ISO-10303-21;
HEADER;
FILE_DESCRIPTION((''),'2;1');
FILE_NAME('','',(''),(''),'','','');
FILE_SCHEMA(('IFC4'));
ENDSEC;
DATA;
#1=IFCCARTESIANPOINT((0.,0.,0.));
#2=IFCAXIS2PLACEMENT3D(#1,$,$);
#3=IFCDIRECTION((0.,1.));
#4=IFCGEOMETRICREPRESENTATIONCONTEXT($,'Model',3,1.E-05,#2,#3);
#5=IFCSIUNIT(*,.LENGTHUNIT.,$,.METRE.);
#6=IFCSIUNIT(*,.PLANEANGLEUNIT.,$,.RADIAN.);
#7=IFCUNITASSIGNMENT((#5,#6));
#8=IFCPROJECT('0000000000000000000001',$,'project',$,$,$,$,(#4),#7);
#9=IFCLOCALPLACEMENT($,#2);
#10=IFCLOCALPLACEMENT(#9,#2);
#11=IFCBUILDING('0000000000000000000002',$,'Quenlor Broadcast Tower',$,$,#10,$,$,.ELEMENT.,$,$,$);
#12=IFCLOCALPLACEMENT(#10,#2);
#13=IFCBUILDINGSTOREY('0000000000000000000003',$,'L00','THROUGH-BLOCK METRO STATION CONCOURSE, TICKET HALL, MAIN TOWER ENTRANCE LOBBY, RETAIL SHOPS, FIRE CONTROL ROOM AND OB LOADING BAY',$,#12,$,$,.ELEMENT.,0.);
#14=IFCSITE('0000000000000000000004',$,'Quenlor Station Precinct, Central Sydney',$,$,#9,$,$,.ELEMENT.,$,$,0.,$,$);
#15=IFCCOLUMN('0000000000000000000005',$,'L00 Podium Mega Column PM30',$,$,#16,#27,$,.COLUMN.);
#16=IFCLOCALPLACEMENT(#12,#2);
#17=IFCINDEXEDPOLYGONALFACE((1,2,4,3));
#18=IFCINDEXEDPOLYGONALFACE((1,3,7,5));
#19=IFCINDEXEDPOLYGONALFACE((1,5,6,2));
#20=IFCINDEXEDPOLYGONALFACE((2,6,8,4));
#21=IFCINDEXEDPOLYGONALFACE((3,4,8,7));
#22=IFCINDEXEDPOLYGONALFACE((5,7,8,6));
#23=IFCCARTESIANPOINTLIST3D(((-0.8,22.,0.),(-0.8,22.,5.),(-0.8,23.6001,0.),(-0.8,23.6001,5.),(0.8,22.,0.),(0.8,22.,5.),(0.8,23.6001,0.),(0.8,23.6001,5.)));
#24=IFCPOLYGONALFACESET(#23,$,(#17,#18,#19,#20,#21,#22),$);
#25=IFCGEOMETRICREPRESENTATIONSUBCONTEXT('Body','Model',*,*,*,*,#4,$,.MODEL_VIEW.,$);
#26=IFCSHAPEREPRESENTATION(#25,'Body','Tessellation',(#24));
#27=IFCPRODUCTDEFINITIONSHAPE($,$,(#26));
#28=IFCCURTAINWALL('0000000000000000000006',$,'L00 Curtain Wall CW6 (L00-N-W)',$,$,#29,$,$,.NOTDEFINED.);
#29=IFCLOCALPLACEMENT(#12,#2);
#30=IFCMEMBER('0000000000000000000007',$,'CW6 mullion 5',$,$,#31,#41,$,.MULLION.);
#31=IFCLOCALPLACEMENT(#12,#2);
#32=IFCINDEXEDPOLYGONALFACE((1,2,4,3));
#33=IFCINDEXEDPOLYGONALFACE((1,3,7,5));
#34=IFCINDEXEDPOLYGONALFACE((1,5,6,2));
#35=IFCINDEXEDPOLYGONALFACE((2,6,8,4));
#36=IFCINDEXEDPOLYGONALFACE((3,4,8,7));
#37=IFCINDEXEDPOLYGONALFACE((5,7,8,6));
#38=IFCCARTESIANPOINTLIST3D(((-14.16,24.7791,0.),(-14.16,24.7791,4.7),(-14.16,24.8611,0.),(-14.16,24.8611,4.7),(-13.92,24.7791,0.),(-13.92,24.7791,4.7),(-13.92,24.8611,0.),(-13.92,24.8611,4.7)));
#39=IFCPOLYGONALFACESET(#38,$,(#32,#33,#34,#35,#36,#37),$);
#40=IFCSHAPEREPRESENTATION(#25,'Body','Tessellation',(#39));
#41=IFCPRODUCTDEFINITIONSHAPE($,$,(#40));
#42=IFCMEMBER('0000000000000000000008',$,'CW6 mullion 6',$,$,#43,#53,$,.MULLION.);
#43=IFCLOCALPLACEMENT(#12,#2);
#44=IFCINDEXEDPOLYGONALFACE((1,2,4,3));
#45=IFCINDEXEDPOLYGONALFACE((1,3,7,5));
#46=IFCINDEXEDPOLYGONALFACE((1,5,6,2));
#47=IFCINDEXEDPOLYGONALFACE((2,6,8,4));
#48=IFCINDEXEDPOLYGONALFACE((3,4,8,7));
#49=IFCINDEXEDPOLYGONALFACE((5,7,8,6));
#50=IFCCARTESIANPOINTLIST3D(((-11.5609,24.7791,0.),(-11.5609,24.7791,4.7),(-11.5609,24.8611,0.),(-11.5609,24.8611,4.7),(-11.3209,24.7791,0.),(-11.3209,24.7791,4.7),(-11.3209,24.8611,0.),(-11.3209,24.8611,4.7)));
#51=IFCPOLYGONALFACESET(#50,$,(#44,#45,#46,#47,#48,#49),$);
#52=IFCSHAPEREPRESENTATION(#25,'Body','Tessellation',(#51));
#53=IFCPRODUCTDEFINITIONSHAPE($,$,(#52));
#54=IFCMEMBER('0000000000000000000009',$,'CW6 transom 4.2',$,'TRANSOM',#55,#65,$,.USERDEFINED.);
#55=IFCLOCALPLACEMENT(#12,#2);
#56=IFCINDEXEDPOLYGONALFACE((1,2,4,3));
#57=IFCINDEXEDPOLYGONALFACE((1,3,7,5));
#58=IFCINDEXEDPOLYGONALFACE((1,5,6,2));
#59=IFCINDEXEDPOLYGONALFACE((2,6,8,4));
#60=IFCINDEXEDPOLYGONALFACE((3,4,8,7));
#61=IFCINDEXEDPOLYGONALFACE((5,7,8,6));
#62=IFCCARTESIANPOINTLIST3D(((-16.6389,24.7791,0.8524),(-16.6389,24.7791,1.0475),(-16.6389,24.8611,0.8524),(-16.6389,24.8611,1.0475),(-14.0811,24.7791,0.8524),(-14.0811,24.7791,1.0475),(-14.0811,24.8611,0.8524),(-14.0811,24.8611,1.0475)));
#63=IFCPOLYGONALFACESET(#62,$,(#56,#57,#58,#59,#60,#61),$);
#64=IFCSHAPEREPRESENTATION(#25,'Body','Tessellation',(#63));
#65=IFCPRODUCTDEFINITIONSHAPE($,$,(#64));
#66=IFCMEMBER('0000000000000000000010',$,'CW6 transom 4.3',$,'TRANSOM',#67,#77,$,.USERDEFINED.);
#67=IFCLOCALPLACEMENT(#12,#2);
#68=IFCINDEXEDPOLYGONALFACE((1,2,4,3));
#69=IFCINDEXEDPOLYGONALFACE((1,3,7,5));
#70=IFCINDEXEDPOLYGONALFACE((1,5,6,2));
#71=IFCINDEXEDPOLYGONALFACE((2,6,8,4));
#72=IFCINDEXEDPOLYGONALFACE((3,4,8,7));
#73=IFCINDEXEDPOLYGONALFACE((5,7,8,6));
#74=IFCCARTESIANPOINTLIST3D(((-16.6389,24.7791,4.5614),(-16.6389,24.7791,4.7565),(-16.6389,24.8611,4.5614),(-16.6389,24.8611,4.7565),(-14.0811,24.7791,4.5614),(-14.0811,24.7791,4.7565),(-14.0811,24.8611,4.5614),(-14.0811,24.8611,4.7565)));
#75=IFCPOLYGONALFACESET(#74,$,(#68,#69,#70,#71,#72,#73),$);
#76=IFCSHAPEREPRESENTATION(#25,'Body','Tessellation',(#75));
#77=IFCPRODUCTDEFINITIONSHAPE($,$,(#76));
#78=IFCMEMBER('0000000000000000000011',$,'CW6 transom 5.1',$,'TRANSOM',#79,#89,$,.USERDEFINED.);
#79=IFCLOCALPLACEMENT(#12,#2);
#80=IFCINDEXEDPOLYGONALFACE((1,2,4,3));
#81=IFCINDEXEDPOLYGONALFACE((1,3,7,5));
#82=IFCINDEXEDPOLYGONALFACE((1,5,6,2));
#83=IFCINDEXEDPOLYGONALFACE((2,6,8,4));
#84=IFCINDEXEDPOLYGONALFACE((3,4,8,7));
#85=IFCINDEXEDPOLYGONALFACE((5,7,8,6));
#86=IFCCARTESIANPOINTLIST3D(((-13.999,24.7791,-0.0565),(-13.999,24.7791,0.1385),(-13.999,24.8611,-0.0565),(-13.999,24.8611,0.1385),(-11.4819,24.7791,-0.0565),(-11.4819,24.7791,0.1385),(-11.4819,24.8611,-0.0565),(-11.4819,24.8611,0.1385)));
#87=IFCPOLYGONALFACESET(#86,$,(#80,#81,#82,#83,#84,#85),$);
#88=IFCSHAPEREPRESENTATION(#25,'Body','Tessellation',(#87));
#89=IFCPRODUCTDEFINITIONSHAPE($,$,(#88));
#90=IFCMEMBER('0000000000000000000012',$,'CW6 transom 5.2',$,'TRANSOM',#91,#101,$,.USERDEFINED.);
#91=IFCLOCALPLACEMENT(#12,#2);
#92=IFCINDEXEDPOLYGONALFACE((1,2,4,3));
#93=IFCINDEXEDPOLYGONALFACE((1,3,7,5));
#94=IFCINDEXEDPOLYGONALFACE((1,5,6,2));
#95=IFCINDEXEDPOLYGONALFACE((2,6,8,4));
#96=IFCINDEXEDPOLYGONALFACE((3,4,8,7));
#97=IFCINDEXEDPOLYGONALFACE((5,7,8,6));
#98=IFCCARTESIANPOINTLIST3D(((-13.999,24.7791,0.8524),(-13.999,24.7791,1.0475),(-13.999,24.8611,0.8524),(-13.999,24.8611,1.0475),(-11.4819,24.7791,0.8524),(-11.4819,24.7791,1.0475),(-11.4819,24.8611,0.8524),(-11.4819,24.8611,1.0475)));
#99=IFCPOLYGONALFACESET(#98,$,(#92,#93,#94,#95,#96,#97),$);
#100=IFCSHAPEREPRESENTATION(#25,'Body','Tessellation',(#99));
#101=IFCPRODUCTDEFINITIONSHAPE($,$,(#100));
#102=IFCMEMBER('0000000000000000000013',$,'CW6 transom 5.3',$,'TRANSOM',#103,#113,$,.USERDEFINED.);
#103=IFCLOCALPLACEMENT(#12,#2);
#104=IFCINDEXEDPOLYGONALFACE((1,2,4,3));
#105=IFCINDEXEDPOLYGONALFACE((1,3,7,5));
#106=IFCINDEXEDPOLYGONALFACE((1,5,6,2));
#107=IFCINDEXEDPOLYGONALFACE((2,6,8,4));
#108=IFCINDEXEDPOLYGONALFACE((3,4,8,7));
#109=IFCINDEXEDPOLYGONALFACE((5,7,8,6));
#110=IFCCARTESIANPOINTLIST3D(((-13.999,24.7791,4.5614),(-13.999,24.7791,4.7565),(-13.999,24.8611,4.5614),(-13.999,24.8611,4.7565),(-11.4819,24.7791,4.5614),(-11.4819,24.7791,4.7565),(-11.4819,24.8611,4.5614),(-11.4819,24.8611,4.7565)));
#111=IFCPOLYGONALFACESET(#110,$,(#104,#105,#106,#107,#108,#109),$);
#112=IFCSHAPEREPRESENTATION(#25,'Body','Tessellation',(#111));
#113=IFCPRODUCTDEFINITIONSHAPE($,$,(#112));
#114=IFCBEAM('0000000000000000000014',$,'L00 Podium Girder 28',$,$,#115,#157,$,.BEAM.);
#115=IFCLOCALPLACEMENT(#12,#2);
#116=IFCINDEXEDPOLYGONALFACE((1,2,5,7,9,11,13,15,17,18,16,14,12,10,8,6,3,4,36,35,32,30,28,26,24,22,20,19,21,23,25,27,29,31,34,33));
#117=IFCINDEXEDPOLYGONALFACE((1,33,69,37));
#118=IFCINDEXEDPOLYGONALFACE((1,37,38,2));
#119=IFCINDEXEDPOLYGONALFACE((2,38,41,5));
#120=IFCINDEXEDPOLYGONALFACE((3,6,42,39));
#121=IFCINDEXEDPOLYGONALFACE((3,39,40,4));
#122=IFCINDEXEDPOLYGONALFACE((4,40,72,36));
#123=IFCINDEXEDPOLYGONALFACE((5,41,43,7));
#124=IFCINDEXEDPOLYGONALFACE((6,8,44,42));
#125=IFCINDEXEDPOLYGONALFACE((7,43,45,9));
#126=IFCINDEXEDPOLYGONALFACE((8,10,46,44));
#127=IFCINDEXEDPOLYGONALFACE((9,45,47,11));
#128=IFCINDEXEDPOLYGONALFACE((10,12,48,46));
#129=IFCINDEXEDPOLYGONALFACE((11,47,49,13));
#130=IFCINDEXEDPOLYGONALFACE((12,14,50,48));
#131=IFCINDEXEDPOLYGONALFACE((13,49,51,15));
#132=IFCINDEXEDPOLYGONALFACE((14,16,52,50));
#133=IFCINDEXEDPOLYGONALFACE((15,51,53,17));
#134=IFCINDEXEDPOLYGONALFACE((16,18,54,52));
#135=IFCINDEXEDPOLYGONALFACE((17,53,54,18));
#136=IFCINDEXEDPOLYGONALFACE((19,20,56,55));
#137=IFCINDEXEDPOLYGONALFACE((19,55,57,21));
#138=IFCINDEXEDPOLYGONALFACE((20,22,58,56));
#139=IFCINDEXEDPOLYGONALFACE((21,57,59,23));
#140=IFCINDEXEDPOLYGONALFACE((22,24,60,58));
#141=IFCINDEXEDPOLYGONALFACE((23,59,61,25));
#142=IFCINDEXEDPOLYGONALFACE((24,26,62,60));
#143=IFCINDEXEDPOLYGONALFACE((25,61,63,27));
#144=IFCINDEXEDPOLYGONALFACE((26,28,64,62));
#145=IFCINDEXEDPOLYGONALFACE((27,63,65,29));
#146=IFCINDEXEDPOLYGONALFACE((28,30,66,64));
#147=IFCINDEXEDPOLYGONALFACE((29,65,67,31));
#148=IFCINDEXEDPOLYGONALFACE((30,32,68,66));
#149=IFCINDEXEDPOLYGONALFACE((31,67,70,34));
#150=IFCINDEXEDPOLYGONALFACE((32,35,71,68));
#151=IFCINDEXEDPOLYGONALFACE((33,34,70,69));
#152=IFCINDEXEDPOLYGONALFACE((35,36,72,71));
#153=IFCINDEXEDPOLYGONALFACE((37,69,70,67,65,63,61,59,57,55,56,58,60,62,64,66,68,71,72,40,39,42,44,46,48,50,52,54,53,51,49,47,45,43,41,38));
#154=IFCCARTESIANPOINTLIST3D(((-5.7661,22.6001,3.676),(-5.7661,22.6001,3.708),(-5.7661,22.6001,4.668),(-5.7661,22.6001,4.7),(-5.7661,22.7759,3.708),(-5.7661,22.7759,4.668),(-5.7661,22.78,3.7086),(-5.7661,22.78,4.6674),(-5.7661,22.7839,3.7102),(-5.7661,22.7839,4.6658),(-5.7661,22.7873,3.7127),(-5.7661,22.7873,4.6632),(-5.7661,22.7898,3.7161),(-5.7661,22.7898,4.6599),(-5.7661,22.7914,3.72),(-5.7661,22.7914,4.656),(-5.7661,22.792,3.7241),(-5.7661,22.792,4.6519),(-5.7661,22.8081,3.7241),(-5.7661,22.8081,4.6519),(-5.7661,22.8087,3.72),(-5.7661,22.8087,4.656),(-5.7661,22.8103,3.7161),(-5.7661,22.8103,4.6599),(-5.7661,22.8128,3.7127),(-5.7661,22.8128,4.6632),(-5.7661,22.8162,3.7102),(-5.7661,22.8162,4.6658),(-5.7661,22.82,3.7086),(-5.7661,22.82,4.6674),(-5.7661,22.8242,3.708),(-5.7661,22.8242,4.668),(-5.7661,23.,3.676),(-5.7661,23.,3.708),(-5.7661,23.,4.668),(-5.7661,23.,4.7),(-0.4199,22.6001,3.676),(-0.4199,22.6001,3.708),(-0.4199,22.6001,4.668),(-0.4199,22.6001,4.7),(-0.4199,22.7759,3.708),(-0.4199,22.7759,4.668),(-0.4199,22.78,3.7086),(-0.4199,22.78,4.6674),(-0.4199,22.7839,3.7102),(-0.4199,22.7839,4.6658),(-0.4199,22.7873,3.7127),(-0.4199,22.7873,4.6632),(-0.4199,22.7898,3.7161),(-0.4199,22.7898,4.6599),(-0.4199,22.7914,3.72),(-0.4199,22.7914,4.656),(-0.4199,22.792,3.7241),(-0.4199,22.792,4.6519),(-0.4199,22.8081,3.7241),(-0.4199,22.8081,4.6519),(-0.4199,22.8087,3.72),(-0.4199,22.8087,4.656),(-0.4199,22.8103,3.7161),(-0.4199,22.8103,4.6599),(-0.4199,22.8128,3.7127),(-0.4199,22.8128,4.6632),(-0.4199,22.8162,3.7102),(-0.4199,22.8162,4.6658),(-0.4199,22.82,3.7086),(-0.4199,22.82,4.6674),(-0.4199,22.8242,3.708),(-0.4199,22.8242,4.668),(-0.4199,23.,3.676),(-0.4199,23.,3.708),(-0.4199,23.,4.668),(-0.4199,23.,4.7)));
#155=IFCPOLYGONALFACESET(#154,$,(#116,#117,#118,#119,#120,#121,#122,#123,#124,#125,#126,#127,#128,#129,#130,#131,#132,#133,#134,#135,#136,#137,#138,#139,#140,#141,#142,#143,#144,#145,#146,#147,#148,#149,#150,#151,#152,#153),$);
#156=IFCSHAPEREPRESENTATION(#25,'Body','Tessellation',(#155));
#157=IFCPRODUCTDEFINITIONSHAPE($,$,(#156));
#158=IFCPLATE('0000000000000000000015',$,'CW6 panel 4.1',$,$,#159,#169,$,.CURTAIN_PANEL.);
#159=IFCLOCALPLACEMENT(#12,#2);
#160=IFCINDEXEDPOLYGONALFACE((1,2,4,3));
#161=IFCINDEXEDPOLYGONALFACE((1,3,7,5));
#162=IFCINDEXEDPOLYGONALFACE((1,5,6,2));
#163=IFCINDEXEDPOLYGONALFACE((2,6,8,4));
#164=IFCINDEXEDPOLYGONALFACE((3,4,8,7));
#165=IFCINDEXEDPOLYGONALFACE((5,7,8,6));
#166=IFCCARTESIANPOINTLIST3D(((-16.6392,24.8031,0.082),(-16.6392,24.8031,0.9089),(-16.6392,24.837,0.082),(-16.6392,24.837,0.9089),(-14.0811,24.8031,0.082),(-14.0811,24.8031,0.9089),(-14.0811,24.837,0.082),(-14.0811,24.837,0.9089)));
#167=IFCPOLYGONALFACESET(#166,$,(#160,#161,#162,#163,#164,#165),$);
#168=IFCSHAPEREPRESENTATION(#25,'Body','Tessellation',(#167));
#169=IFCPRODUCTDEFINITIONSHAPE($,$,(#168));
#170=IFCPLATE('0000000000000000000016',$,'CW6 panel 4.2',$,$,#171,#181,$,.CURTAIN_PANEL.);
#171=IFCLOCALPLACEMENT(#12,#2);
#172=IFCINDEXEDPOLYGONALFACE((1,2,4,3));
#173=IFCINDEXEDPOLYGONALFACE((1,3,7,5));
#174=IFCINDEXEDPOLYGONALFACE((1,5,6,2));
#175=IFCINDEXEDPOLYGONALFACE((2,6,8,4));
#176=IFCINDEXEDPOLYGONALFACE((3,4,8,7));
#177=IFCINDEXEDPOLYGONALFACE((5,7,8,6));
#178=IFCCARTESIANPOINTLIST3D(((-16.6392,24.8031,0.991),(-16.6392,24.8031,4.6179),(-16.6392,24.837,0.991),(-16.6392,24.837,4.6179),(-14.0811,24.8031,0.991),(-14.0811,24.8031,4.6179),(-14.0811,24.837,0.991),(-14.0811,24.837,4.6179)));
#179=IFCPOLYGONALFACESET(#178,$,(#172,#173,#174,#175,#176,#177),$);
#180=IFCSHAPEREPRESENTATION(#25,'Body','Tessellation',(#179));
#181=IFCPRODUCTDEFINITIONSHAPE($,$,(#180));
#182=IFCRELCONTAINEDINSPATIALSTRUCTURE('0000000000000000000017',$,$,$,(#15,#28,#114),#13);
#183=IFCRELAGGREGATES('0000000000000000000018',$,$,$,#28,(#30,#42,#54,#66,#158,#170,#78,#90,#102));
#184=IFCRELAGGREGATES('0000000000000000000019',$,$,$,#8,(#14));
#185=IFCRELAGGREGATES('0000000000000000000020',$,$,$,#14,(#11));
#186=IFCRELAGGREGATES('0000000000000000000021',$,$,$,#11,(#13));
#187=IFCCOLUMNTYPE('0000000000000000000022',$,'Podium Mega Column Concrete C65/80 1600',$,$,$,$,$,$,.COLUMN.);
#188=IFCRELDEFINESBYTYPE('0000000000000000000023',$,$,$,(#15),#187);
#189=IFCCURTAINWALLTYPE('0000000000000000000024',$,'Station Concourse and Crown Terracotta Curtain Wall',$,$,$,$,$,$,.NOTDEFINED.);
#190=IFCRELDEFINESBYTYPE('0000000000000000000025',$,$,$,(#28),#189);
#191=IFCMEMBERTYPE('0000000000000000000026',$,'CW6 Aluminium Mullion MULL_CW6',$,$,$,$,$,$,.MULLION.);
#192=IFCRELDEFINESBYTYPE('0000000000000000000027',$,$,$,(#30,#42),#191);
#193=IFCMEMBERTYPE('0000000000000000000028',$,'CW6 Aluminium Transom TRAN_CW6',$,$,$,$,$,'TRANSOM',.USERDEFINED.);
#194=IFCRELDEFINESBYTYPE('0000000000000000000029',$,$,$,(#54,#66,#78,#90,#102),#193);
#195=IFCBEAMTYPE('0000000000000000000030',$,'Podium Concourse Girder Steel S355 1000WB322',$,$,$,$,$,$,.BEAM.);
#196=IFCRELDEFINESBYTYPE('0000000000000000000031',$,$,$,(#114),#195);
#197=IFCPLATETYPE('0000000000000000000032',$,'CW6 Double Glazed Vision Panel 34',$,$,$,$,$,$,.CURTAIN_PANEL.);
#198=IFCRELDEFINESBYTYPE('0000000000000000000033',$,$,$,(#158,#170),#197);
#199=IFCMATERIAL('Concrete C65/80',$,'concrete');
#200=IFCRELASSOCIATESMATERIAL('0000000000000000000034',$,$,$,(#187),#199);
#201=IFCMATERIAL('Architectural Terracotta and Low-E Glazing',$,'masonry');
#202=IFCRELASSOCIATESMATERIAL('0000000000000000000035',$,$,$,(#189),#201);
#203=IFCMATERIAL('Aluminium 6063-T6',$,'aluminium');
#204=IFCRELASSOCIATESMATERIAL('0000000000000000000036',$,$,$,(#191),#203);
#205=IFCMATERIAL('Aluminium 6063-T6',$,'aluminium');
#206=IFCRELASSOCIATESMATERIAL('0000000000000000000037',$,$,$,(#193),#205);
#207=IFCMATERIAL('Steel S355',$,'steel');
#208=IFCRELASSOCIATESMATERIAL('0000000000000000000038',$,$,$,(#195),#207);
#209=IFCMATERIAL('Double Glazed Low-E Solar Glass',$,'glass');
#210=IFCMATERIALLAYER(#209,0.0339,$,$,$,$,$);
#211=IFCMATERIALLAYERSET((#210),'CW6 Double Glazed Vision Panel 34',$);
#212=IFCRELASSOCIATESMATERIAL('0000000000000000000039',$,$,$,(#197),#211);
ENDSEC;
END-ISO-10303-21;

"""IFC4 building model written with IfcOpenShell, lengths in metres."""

from ifc_helpers import new_model, si_unit, direction, frame, origin, origin_2d, place, context, subcontext, project, spatial, rectangle, i_section, extrude, material, layer, layer_set, material_profile, profile_set, type_object, element, aggregate, save


model = new_model("IFC4")

# Units and contexts
model_context = context("Model", 3, precision=1e-05, world=origin(), true_north=direction((0.0, 1.0)))
body_context = subcontext(model_context, "Body", "Model", "MODEL_VIEW")
ifc_project = project(units=[si_unit("LENGTHUNIT", "METRE"), si_unit("PLANEANGLEUNIT", "RADIAN")], contexts=[model_context])

# Site, building, storey
site_placement = place(None, origin())
site = spatial("IfcSite", under=ifc_project, at=site_placement, Name="Quenlor Station Precinct, Central Sydney", CompositionType="ELEMENT", RefElevation=0.0)
building_placement = place(site_placement, origin())
building = spatial("IfcBuilding", under=site, at=building_placement, Name="Quenlor Broadcast Tower", CompositionType="ELEMENT")
storey_placement = place(building_placement, origin())
storey = spatial("IfcBuildingStorey", under=building, at=storey_placement, Name="L00", Description="THROUGH-BLOCK METRO STATION CONCOURSE, TICKET HALL, MAIN TOWER ENTRANCE LOBBY, RETAIL SHOPS, FIRE CONTROL ROOM AND OB LOADING BAY", CompositionType="ELEMENT", Elevation=0.0)

# Column
ifc_material_1 = material(Name="Concrete C65/80", Category="concrete")
ifc_material_profile_1 = material_profile(ifc_material_1, rectangle(XDim=1.6001, YDim=1.6001, at=origin_2d()))
ifc_profile_set_1 = profile_set([ifc_material_profile_1], Name="Concrete C65/80 RC1600x1600")
column_type = type_object("IfcColumnType", Name="Podium Mega Column Concrete C65/80 1600", PredefinedType="COLUMN", material=ifc_profile_set_1)
column_placement = place(storey_placement, frame((0.0, 22.8, 0.0), z_axis=(0.0, 0.0, 1.0), x_axis=(1.0, 0.0, 0.0)))
element("IfcColumn", 1, at=column_placement, inside=storey, type_object=column_type, Name="L00 Podium Mega Column PM30", PredefinedType="COLUMN", context=body_context, shape_type="SweptSolid", body=[
    extrude(rectangle(XDim=1.6001, YDim=1.6001, at=origin_2d()), origin(), (0.0, 0.0, 1.0), 5.0),
])

# Curtain wall, members
ifc_material_2 = material(Name="Architectural Terracotta and Low-E Glazing", Category="masonry")
curtain_wall_type = type_object("IfcCurtainWallType", Name="Station Concourse and Crown Terracotta Curtain Wall", PredefinedType="NOTDEFINED", material=ifc_material_2)
curtain_wall_placement = place(storey_placement, origin())
curtain_wall = element("IfcCurtainWall", 2, at=curtain_wall_placement, inside=storey, type_object=curtain_wall_type, Name="L00 Curtain Wall CW6 (L00-N-W)", PredefinedType="NOTDEFINED")
ifc_material_3 = material(Name="Aluminium 6063-T6", Category="aluminium")
ifc_material_profile_2 = material_profile(ifc_material_3, rectangle(XDim=0.082, YDim=0.24, at=origin_2d()))
ifc_profile_set_2 = profile_set([ifc_material_profile_2], Name="Aluminium 6063-T6 MULL82x240")
member_type_1 = type_object("IfcMemberType", Name="CW6 Aluminium Mullion MULL_CW6", PredefinedType="MULLION", material=ifc_profile_set_2)
member_1_placement = place(storey_placement, frame((-14.04, 24.8201, 0.0), z_axis=(0.0, 0.0, 1.0), x_axis=(0.0, 1.0, 0.0)))
member_1 = element("IfcMember", 3, at=member_1_placement, type_object=member_type_1, Name="CW6 mullion 5", PredefinedType="MULLION", context=body_context, shape_type="SweptSolid", body=[
    extrude(rectangle(XDim=0.082, YDim=0.24, at=origin_2d()), origin(), (0.0, 0.0, 1.0), 4.7),
])
member_2_placement = place(storey_placement, frame((-11.4409, 24.8201, 0.0), z_axis=(0.0, 0.0, 1.0), x_axis=(0.0, 1.0, 0.0)))
member_2 = element("IfcMember", 4, at=member_2_placement, type_object=member_type_1, Name="CW6 mullion 6", PredefinedType="MULLION", context=body_context, shape_type="SweptSolid", body=[
    extrude(rectangle(XDim=0.082, YDim=0.24, at=origin_2d()), origin(), (0.0, 0.0, 1.0), 4.7),
])
ifc_material_4 = material(Name="Aluminium 6063-T6", Category="aluminium")
ifc_material_profile_3 = material_profile(ifc_material_4, rectangle(XDim=0.082, YDim=0.1951, at=origin_2d()))
ifc_profile_set_3 = profile_set([ifc_material_profile_3], Name="Aluminium 6063-T6 TRAN82x195")
member_type_2 = type_object("IfcMemberType", Name="CW6 Aluminium Transom TRAN_CW6", ElementType="TRANSOM", PredefinedType="USERDEFINED", material=ifc_profile_set_3)
member_3_placement = place(storey_placement, frame((-16.6389, 24.8201, 0.95), z_axis=(1.0, 0.0, 0.0), x_axis=(0.0, 1.0, 0.0)))
member_3 = element("IfcMember", 5, at=member_3_placement, type_object=member_type_2, Name="CW6 transom 4.2", ObjectType="TRANSOM", PredefinedType="USERDEFINED", context=body_context, shape_type="SweptSolid", body=[
    extrude(rectangle(XDim=0.082, YDim=0.1951, at=origin_2d()), origin(), (0.0, 0.0, 1.0), 2.5579),
])
member_4_placement = place(storey_placement, frame((-16.6389, 24.8201, 4.6589), z_axis=(1.0, 0.0, 0.0), x_axis=(0.0, 1.0, 0.0)))
member_4 = element("IfcMember", 6, at=member_4_placement, type_object=member_type_2, Name="CW6 transom 4.3", ObjectType="TRANSOM", PredefinedType="USERDEFINED", context=body_context, shape_type="SweptSolid", body=[
    extrude(rectangle(XDim=0.082, YDim=0.1951, at=origin_2d()), origin(), (0.0, 0.0, 1.0), 2.5579),
])
member_5_placement = place(storey_placement, frame((-13.999, 24.8201, 0.041), z_axis=(1.0, 0.0, 0.0), x_axis=(0.0, 1.0, 0.0)))
member_5 = element("IfcMember", 7, at=member_5_placement, type_object=member_type_2, Name="CW6 transom 5.1", ObjectType="TRANSOM", PredefinedType="USERDEFINED", context=body_context, shape_type="SweptSolid", body=[
    extrude(rectangle(XDim=0.082, YDim=0.1951, at=origin_2d()), origin(), (0.0, 0.0, 1.0), 2.5171),
])
member_6_placement = place(storey_placement, frame((-13.999, 24.8201, 0.95), z_axis=(1.0, 0.0, 0.0), x_axis=(0.0, 1.0, 0.0)))
member_6 = element("IfcMember", 8, at=member_6_placement, type_object=member_type_2, Name="CW6 transom 5.2", ObjectType="TRANSOM", PredefinedType="USERDEFINED", context=body_context, shape_type="SweptSolid", body=[
    extrude(rectangle(XDim=0.082, YDim=0.1951, at=origin_2d()), origin(), (0.0, 0.0, 1.0), 2.5171),
])
member_7_placement = place(storey_placement, frame((-13.999, 24.8201, 4.6589), z_axis=(1.0, 0.0, 0.0), x_axis=(0.0, 1.0, 0.0)))
member_7 = element("IfcMember", 9, at=member_7_placement, type_object=member_type_2, Name="CW6 transom 5.3", ObjectType="TRANSOM", PredefinedType="USERDEFINED", context=body_context, shape_type="SweptSolid", body=[
    extrude(rectangle(XDim=0.082, YDim=0.1951, at=origin_2d()), origin(), (0.0, 0.0, 1.0), 2.5171),
])

# Beam
ifc_material_5 = material(Name="Steel S355", Category="steel")
ifc_material_profile_4 = material_profile(ifc_material_5, i_section(OverallWidth=0.3999, OverallDepth=1.0239, WebThickness=0.0161, FlangeThickness=0.032, FilletRadius=0.0161, at=origin_2d()))
ifc_profile_set_4 = profile_set([ifc_material_profile_4], Name="Steel S355 1000WB322")
beam_type = type_object("IfcBeamType", Name="Podium Concourse Girder Steel S355 1000WB322", PredefinedType="BEAM", material=ifc_profile_set_4)
beam_placement = place(storey_placement, frame((-5.7661, 22.8, 4.188), z_axis=(1.0, 0.0, 0.0), x_axis=(0.0, 1.0, 0.0)))
element("IfcBeam", 10, at=beam_placement, inside=storey, type_object=beam_type, Name="L00 Podium Girder 28", PredefinedType="BEAM", context=body_context, shape_type="SweptSolid", body=[
    extrude(i_section(OverallWidth=0.3999, OverallDepth=1.0239, WebThickness=0.0161, FlangeThickness=0.032, FilletRadius=0.0161, at=origin_2d()), origin(), (0.0, 0.0, 1.0), 5.3462),
])

# Plates
ifc_material_6 = material(Name="Double Glazed Low-E Solar Glass", Category="glass")
ifc_layer_1 = layer(ifc_material_6, 0.0339)
ifc_layer_set_1 = layer_set([ifc_layer_1], Name="CW6 Double Glazed Vision Panel 34")
plate_type = type_object("IfcPlateType", Name="CW6 Double Glazed Vision Panel 34", PredefinedType="CURTAIN_PANEL", material=ifc_layer_set_1)
plate_1_placement = place(storey_placement, frame((-15.3601, 24.8201, 0.082), z_axis=(0.0, 0.0, 1.0), x_axis=(1.0, 0.0, 0.0)))
plate_1 = element("IfcPlate", 11, at=plate_1_placement, type_object=plate_type, Name="CW6 panel 4.1", PredefinedType="CURTAIN_PANEL", context=body_context, shape_type="SweptSolid", body=[
    extrude(rectangle(XDim=2.5581, YDim=0.0339, at=origin_2d()), origin(), (0.0, 0.0, 1.0), 0.8269),
])
plate_2_placement = place(storey_placement, frame((-15.3601, 24.8201, 0.991), z_axis=(0.0, 0.0, 1.0), x_axis=(1.0, 0.0, 0.0)))
plate_2 = element("IfcPlate", 12, at=plate_2_placement, type_object=plate_type, Name="CW6 panel 4.2", PredefinedType="CURTAIN_PANEL", context=body_context, shape_type="SweptSolid", body=[
    extrude(rectangle(XDim=2.5581, YDim=0.0339, at=origin_2d()), origin(), (0.0, 0.0, 1.0), 3.627),
])
aggregate(curtain_wall, [member_1, member_2, member_3, member_4, plate_1, plate_2, member_5, member_6, member_7])

save(model, "model.ifc")
